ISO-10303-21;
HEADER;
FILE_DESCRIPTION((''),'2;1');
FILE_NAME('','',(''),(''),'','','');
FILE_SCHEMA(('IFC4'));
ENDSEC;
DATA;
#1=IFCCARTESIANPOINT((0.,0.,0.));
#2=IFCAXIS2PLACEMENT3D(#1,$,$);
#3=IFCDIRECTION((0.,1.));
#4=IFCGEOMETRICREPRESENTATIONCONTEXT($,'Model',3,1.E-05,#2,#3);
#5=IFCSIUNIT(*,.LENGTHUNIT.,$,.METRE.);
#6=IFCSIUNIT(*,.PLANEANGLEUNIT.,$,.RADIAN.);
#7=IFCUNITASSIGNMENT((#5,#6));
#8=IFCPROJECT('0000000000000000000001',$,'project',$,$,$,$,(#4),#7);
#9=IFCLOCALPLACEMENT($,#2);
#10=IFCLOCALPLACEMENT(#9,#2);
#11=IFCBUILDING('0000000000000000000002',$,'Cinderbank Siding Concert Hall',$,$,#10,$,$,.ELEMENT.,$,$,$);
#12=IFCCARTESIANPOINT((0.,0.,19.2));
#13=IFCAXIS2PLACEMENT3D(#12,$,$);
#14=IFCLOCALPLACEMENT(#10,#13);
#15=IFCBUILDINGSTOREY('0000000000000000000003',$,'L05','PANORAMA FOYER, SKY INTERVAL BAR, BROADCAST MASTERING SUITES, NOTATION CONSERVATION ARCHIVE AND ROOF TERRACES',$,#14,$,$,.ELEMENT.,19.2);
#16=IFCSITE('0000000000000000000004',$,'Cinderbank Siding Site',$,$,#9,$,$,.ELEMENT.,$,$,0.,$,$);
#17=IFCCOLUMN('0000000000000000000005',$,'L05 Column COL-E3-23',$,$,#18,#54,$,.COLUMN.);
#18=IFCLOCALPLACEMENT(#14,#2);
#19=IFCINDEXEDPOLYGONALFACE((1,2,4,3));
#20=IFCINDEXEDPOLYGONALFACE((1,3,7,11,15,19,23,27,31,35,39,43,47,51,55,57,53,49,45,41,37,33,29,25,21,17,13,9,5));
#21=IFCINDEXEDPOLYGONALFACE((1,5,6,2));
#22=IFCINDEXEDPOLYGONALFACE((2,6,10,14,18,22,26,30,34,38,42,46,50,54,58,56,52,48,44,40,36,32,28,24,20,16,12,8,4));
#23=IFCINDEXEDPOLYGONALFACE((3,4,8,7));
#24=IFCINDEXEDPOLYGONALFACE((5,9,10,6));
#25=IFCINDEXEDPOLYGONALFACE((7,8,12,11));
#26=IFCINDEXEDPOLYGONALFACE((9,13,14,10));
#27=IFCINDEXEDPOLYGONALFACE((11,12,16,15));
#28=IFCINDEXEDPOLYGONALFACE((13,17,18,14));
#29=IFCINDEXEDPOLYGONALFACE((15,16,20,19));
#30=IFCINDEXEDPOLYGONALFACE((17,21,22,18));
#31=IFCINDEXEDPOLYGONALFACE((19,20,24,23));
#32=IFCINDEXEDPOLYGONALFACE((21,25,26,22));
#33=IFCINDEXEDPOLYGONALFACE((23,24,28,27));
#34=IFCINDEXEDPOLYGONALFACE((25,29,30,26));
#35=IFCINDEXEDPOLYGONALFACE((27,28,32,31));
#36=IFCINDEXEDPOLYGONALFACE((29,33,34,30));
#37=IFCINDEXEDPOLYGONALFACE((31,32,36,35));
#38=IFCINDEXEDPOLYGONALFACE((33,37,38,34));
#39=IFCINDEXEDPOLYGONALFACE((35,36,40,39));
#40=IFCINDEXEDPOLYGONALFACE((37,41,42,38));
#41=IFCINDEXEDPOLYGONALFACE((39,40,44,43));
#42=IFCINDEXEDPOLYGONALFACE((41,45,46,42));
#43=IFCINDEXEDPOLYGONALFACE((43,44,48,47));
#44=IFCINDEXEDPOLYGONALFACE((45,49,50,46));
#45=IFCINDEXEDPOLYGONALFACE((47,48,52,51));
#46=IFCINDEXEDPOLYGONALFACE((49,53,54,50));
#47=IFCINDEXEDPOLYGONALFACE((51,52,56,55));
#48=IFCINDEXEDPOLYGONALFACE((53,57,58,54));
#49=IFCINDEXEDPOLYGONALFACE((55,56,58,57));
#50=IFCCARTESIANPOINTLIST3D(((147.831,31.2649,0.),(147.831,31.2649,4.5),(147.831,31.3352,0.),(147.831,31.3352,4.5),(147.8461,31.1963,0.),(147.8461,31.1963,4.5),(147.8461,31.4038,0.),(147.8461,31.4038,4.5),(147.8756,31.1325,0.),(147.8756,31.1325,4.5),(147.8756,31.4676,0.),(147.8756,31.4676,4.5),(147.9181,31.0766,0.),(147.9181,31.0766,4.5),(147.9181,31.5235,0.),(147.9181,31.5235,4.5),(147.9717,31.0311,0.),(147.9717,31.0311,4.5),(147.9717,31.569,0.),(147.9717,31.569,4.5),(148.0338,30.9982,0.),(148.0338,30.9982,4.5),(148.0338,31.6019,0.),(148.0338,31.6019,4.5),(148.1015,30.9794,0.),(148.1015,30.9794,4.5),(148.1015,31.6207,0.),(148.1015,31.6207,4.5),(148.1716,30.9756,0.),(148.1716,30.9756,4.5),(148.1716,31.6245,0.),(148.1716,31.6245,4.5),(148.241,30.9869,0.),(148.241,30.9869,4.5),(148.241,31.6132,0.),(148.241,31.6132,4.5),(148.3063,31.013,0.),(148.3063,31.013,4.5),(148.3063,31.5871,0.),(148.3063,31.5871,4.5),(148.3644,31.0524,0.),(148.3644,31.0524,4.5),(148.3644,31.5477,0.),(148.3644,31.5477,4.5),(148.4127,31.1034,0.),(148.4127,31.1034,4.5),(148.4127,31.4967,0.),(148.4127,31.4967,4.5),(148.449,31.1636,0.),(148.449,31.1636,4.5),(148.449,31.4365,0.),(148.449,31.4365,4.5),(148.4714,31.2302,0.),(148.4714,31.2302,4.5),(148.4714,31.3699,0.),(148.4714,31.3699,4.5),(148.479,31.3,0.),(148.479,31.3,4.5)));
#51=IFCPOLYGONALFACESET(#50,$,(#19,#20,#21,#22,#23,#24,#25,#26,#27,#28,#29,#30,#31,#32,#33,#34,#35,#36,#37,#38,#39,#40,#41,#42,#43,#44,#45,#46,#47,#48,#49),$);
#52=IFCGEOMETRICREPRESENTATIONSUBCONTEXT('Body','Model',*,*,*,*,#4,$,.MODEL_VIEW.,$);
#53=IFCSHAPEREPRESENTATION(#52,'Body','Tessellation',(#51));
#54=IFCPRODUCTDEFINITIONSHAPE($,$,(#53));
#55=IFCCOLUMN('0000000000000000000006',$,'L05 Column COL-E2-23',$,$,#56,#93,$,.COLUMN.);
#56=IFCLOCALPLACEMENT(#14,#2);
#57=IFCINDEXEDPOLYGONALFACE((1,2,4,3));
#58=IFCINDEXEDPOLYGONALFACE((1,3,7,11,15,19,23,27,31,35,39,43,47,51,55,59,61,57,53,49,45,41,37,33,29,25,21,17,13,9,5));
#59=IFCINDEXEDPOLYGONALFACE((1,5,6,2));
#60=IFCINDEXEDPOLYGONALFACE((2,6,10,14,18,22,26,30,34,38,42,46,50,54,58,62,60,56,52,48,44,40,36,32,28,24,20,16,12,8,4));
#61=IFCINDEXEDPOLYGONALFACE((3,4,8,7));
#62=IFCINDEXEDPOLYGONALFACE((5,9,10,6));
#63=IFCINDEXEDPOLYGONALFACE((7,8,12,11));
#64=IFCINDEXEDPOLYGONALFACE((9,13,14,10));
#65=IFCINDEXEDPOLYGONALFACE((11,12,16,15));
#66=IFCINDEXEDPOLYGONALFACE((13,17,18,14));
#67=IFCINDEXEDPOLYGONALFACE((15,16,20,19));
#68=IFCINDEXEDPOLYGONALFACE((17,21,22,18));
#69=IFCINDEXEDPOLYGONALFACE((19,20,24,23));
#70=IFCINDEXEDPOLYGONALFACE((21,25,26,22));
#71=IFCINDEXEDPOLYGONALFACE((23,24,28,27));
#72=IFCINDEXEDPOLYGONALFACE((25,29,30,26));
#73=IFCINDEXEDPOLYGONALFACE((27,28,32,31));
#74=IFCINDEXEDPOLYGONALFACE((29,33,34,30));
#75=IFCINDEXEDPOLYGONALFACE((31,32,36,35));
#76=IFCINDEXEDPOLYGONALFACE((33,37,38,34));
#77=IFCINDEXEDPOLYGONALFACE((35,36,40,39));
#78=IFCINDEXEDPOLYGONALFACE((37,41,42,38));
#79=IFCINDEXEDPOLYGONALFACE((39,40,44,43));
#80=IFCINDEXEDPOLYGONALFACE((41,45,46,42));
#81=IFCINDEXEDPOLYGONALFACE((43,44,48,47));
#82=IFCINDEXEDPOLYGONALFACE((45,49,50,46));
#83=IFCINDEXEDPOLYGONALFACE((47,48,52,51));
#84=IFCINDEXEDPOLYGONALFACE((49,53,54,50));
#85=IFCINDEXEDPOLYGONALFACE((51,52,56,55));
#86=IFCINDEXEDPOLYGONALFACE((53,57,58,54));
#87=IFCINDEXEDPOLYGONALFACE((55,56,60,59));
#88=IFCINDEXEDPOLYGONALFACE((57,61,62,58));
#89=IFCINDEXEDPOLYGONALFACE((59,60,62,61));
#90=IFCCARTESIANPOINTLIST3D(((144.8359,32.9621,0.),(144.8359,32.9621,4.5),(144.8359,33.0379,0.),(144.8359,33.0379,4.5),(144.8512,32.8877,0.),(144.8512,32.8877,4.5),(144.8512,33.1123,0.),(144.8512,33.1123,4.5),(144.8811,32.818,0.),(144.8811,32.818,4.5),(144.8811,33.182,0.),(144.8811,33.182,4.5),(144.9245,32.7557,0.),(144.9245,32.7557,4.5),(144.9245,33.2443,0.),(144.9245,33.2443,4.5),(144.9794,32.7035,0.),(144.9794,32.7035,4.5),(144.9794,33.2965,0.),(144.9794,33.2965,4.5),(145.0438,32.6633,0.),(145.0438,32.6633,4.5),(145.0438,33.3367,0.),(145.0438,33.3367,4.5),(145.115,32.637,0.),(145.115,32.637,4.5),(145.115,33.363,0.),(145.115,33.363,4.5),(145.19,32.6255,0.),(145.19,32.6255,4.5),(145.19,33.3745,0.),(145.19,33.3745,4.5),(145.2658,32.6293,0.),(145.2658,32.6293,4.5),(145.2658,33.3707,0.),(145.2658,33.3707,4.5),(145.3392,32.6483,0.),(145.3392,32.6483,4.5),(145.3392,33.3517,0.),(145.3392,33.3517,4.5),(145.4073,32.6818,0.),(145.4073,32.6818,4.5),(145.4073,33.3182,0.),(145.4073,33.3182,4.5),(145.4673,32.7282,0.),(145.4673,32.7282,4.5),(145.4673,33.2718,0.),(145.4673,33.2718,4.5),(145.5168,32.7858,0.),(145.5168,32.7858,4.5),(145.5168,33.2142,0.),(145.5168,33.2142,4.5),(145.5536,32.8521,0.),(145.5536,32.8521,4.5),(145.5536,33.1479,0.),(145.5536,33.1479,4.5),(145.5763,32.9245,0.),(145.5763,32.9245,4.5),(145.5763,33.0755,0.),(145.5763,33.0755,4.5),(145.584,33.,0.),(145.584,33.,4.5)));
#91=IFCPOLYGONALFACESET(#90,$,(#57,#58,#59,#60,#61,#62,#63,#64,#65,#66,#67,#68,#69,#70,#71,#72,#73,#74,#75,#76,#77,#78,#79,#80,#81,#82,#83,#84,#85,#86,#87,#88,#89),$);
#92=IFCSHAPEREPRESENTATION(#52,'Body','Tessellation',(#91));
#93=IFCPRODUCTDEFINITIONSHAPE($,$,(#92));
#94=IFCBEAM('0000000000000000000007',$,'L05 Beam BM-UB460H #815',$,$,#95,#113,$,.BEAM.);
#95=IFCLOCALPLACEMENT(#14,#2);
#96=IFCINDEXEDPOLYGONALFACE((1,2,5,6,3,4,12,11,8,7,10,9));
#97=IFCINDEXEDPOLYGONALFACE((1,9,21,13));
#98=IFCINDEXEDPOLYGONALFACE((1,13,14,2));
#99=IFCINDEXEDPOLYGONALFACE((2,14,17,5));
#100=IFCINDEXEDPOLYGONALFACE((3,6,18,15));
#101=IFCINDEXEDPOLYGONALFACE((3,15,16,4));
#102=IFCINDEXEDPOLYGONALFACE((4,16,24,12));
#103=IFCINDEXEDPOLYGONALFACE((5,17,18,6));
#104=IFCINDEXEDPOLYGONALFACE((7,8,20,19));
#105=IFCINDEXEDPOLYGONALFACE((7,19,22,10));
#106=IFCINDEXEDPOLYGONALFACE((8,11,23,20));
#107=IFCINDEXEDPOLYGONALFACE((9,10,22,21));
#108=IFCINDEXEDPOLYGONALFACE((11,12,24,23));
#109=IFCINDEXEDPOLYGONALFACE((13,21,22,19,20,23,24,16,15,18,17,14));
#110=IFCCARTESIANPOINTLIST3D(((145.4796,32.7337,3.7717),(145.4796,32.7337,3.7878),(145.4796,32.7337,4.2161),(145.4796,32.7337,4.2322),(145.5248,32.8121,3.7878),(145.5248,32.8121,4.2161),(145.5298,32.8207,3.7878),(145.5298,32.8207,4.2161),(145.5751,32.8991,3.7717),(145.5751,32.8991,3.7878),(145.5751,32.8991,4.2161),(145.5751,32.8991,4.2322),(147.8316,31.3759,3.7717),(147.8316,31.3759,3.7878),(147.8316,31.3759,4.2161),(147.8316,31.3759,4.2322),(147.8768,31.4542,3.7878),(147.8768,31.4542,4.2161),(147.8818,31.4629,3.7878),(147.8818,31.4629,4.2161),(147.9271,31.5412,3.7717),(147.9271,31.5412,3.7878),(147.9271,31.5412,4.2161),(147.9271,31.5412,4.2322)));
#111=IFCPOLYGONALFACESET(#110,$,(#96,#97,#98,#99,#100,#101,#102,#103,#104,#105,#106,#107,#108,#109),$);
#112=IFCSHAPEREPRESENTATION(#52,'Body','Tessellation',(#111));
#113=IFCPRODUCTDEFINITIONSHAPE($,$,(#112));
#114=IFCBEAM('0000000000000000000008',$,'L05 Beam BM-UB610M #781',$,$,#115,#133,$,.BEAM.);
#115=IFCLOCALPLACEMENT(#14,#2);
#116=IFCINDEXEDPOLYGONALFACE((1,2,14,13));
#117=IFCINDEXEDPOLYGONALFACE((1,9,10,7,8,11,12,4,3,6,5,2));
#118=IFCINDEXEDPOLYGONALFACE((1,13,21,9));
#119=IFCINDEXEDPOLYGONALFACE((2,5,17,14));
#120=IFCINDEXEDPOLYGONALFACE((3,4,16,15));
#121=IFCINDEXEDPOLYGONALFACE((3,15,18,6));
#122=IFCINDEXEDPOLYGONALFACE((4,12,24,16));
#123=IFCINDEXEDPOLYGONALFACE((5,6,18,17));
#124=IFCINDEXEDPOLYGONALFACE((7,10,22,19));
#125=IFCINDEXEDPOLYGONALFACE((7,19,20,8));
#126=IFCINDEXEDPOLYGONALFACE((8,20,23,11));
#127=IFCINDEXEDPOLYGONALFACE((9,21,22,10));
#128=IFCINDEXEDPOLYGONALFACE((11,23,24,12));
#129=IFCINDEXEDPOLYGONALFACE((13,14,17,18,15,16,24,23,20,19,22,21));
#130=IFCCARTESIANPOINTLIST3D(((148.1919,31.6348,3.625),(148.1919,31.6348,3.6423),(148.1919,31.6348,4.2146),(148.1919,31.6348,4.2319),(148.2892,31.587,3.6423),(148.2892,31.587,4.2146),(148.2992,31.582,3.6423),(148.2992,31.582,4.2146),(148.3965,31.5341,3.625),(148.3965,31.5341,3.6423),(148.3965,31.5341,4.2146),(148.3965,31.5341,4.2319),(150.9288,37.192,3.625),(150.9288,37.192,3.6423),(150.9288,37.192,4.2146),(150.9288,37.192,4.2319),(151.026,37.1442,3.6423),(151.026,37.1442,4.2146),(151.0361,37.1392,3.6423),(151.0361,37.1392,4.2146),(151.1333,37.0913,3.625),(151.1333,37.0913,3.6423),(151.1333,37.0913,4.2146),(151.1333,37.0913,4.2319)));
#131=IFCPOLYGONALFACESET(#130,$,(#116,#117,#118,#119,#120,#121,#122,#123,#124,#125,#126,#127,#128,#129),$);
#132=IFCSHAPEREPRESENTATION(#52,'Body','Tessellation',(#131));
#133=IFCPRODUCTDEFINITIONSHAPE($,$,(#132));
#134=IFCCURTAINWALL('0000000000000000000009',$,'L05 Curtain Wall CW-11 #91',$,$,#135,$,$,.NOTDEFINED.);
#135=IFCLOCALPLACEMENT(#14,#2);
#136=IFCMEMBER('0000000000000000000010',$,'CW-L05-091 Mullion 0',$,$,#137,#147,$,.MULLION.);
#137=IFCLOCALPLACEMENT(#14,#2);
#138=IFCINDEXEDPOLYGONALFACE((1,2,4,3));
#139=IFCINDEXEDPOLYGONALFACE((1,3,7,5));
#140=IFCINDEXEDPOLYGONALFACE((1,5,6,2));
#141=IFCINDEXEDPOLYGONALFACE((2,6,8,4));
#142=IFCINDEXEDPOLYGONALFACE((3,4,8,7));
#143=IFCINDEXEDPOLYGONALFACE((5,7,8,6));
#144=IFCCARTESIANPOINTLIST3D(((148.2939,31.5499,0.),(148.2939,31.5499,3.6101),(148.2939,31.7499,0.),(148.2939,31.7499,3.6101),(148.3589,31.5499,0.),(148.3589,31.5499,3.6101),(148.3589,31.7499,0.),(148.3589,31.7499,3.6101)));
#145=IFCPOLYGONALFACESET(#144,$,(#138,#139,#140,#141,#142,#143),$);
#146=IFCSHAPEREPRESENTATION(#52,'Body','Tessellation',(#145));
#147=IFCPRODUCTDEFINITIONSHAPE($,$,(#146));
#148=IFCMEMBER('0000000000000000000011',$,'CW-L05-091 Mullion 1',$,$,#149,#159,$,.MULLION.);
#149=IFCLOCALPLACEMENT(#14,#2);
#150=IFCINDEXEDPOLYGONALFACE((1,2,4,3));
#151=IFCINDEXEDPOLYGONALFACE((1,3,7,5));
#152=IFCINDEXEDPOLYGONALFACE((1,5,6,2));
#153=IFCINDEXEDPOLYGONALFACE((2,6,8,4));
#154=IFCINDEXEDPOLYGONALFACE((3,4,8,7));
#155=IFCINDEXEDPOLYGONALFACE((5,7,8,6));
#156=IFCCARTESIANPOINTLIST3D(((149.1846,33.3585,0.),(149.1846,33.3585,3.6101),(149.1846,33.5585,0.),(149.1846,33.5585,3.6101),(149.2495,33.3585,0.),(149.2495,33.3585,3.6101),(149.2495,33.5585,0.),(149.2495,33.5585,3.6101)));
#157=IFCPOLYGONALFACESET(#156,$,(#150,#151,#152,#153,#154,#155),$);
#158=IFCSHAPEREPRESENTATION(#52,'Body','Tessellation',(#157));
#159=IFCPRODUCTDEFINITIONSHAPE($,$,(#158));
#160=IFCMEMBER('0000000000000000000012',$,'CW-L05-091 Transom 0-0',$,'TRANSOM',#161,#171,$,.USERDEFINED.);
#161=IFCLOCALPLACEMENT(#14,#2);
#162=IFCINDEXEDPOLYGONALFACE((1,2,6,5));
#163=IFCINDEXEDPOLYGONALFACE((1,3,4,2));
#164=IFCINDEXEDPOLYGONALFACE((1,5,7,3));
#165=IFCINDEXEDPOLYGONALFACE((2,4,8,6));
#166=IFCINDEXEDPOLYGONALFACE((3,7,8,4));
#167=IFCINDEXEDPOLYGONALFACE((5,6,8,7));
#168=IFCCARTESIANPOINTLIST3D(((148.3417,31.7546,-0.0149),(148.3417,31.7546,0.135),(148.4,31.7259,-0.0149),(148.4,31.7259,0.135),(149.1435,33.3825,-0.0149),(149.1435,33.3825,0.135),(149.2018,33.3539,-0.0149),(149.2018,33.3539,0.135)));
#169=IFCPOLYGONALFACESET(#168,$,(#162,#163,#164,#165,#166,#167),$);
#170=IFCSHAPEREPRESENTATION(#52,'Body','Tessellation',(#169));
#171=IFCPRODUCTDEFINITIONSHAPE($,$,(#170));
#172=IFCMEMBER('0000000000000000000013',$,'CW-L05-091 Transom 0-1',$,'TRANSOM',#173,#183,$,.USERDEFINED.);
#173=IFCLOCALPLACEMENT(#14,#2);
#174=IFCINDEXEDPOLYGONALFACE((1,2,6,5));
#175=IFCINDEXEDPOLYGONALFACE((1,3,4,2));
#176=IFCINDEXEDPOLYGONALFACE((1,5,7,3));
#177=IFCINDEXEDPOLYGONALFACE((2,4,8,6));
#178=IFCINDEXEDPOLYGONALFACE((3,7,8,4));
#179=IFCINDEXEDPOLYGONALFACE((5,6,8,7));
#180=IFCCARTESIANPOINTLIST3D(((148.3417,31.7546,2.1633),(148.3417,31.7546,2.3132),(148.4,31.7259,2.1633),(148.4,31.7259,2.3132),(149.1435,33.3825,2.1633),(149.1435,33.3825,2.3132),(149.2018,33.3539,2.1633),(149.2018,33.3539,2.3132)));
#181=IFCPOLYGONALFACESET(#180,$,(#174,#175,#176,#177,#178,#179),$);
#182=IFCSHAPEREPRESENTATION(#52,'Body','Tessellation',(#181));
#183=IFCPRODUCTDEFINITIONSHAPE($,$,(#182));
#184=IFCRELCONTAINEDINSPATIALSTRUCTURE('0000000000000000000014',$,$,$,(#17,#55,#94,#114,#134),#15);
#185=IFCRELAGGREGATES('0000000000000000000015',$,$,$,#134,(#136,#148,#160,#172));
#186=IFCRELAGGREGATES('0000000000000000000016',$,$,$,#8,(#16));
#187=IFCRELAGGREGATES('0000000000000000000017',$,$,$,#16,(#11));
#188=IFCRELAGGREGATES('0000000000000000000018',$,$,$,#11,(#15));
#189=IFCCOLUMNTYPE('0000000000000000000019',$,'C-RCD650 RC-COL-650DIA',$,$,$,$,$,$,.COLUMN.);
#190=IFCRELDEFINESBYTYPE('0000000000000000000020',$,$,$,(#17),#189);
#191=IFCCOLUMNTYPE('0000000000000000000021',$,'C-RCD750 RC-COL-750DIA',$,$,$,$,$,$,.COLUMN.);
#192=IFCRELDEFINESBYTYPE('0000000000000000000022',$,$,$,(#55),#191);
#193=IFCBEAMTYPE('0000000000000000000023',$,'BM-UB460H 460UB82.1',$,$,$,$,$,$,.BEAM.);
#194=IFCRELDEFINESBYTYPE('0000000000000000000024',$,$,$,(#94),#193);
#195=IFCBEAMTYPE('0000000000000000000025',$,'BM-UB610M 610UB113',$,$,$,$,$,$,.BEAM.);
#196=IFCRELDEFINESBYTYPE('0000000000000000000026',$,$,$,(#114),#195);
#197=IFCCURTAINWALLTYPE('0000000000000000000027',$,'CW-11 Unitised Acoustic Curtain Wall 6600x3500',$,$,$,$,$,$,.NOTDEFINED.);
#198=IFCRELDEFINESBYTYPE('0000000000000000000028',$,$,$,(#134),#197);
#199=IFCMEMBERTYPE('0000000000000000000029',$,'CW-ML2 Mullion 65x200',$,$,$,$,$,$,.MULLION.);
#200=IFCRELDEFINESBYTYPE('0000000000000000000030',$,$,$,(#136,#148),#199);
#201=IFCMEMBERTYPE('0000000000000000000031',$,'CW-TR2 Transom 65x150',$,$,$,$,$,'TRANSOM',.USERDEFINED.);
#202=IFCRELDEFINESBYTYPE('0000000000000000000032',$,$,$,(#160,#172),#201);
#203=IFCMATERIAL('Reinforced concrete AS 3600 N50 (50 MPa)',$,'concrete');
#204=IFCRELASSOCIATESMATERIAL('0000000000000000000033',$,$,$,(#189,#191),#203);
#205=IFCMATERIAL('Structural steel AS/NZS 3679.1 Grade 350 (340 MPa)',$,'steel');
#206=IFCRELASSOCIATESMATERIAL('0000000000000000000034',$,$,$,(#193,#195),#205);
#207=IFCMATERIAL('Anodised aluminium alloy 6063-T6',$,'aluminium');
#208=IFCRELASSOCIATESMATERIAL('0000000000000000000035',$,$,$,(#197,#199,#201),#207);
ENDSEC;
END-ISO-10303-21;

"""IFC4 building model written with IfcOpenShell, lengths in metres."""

from ifc_helpers import new_model, si_unit, direction, frame, origin, origin_2d, place, context, subcontext, project, spatial, rectangle, circle, i_section, extrude, material, material_profile, profile_set, type_object, element, aggregate, save


model = new_model("IFC4")

# Units and contexts
model_context = context("Model", 3, precision=1e-05, world=origin(), true_north=direction((0.0, 1.0)))
body_context = subcontext(model_context, "Body", "Model", "MODEL_VIEW")
ifc_project = project(units=[si_unit("LENGTHUNIT", "METRE"), si_unit("PLANEANGLEUNIT", "RADIAN")], contexts=[model_context])

# Site, building, storey
site_placement = place(None, origin())
site = spatial("IfcSite", under=ifc_project, at=site_placement, Name="Cinderbank Siding Site", CompositionType="ELEMENT", RefElevation=0.0)
building_placement = place(site_placement, origin())
building = spatial("IfcBuilding", under=site, at=building_placement, Name="Cinderbank Siding Concert Hall", CompositionType="ELEMENT")
storey_placement = place(building_placement, frame((0.0, 0.0, 19.2)))
storey = spatial("IfcBuildingStorey", under=building, at=storey_placement, Name="L05", Description="PANORAMA FOYER, SKY INTERVAL BAR, BROADCAST MASTERING SUITES, NOTATION CONSERVATION ARCHIVE AND ROOF TERRACES", CompositionType="ELEMENT", Elevation=19.2)

# Columns
ifc_material_1 = material(Name="Reinforced concrete AS 3600 N50 (50 MPa)", Category="concrete")
ifc_material_profile_1 = material_profile(ifc_material_1, circle(Radius=0.325, at=origin_2d()), Name="RC-COL-650DIA", Category="LoadBearing")
ifc_profile_set_1 = profile_set([ifc_material_profile_1], Name="Reinforced concrete AS 3600 N50 (50 MPa)")
column_type_1 = type_object("IfcColumnType", Name="C-RCD650 RC-COL-650DIA", PredefinedType="COLUMN", material=ifc_profile_set_1)
column_1_placement = place(storey_placement, frame((148.1541, 31.3, 0.0), z_axis=(0.0, 0.0, 1.0), x_axis=(1.0, 0.0, 0.0)))
element("IfcColumn", 1, at=column_1_placement, inside=storey, type_object=column_type_1, Name="L05 Column COL-E3-23", PredefinedType="COLUMN", context=body_context, shape_type="SweptSolid", body=[
    extrude(circle(Radius=0.325, at=origin_2d()), origin(), (0.0, 0.0, 1.0), 4.5),
])
ifc_material_profile_2 = material_profile(ifc_material_1, circle(Radius=0.375, at=origin_2d()), Name="RC-COL-750DIA", Category="LoadBearing")
ifc_profile_set_2 = profile_set([ifc_material_profile_2], Name="Reinforced concrete AS 3600 N50 (50 MPa)")
column_type_2 = type_object("IfcColumnType", Name="C-RCD750 RC-COL-750DIA", PredefinedType="COLUMN", material=ifc_profile_set_2)
column_2_placement = place(storey_placement, frame((145.209, 33.0, 0.0), z_axis=(0.0, 0.0, 1.0), x_axis=(1.0, 0.0, 0.0)))
element("IfcColumn", 2, at=column_2_placement, inside=storey, type_object=column_type_2, Name="L05 Column COL-E2-23", PredefinedType="COLUMN", context=body_context, shape_type="SweptSolid", body=[
    extrude(circle(Radius=0.375, at=origin_2d()), origin(), (0.0, 0.0, 1.0), 4.5),
])

# Beams
ifc_material_2 = material(Name="Structural steel AS/NZS 3679.1 Grade 350 (340 MPa)", Category="steel")
ifc_material_profile_3 = material_profile(ifc_material_2, i_section(OverallWidth=0.1909, OverallDepth=0.4604, WebThickness=0.01, FlangeThickness=0.0161, at=origin_2d()), Name="460UB82.1", Category="LoadBearing")
ifc_profile_set_3 = profile_set([ifc_material_profile_3], Name="Structural steel AS/NZS 3679.1 Grade 350 (340 MPa)")
beam_type_1 = type_object("IfcBeamType", Name="BM-UB460H 460UB82.1", PredefinedType="BEAM", material=ifc_profile_set_3)
beam_1_placement = place(storey_placement, frame((145.5273, 32.8164, 4.002), z_axis=(0.866033, -0.499987, 0.0), x_axis=(0.499987, 0.866033, 0.0)))
element("IfcBeam", 3, at=beam_1_placement, inside=storey, type_object=beam_type_1, Name="L05 Beam BM-UB460H #815", PredefinedType="BEAM", context=body_context, shape_type="SweptSolid", body=[
    extrude(i_section(OverallWidth=0.1909, OverallDepth=0.4604, WebThickness=0.01, FlangeThickness=0.0161, at=origin_2d()), origin(), (0.0, 0.0, 1.0), 2.7158),
])
ifc_material_profile_4 = material_profile(ifc_material_2, i_section(OverallWidth=0.228, OverallDepth=0.6069, WebThickness=0.0112, FlangeThickness=0.0173, at=origin_2d()), Name="610UB113", Category="LoadBearing")
ifc_profile_set_4 = profile_set([ifc_material_profile_4], Name="Structural steel AS/NZS 3679.1 Grade 350 (340 MPa)")
beam_type_2 = type_object("IfcBeamType", Name="BM-UB610M 610UB113", PredefinedType="BEAM", material=ifc_profile_set_4)
beam_2_placement = place(storey_placement, frame((148.2942, 31.5845, 3.9285), z_axis=(0.441814, 0.897107, 0.0), x_axis=(-0.897107, 0.441814, 0.0)))
element("IfcBeam", 4, at=beam_2_placement, inside=storey, type_object=beam_type_2, Name="L05 Beam BM-UB610M #781", PredefinedType="BEAM", context=body_context, shape_type="SweptSolid", body=[
    extrude(i_section(OverallWidth=0.228, OverallDepth=0.6069, WebThickness=0.0112, FlangeThickness=0.0173, at=origin_2d()), origin(), (0.0, 0.0, 1.0), 6.1946),
])

# Curtain wall, members
ifc_material_3 = material(Name="Anodised aluminium alloy 6063-T6", Category="aluminium")
curtain_wall_type = type_object("IfcCurtainWallType", Name="CW-11 Unitised Acoustic Curtain Wall 6600x3500", PredefinedType="NOTDEFINED", material=ifc_material_3)
curtain_wall_placement = place(storey_placement, origin())
curtain_wall = element("IfcCurtainWall", 5, at=curtain_wall_placement, inside=storey, type_object=curtain_wall_type, Name="L05 Curtain Wall CW-11 #91", PredefinedType="NOTDEFINED")
ifc_material_profile_5 = material_profile(ifc_material_3, rectangle(XDim=0.0649, YDim=0.2, at=origin_2d()), Name="ALU-MULL-65x200", Category="LoadBearing")
ifc_profile_set_5 = profile_set([ifc_material_profile_5], Name="Anodised aluminium alloy 6063-T6")
member_type_1 = type_object("IfcMemberType", Name="CW-ML2 Mullion 65x200", PredefinedType="MULLION", material=ifc_profile_set_5)
member_1_placement = place(storey_placement, frame((148.3264, 31.6499, 0.0), z_axis=(0.0, 0.0, 1.0), x_axis=(1.0, 0.0, 0.0)))
member_1 = element("IfcMember", 6, at=member_1_placement, type_object=member_type_1, Name="CW-L05-091 Mullion 0", PredefinedType="MULLION", context=body_context, shape_type="SweptSolid", body=[
    extrude(rectangle(XDim=0.0649, YDim=0.2, at=origin_2d()), origin(), (0.0, 0.0, 1.0), 3.6101),
])
member_2_placement = place(storey_placement, frame((149.217, 33.4585, 0.0), z_axis=(0.0, 0.0, 1.0), x_axis=(1.0, 0.0, 0.0)))
member_2 = element("IfcMember", 7, at=member_2_placement, type_object=member_type_1, Name="CW-L05-091 Mullion 1", PredefinedType="MULLION", context=body_context, shape_type="SweptSolid", body=[
    extrude(rectangle(XDim=0.0649, YDim=0.2, at=origin_2d()), origin(), (0.0, 0.0, 1.0), 3.6101),
])
ifc_material_profile_6 = material_profile(ifc_material_3, rectangle(XDim=0.0649, YDim=0.1499, at=origin_2d()), Name="ALU-TRAN-65x150", Category="LoadBearing")
ifc_profile_set_6 = profile_set([ifc_material_profile_6], Name="Anodised aluminium alloy 6063-T6")
member_type_2 = type_object("IfcMemberType", Name="CW-TR2 Transom 65x150", ElementType="TRANSOM", PredefinedType="USERDEFINED", material=ifc_profile_set_6)
member_3_placement = place(storey_placement, frame((148.3708, 31.7402, 0.0601), z_axis=(0.441824, 0.897102, 0.0), x_axis=(-0.897102, 0.441824, 0.0)))
member_3 = element("IfcMember", 8, at=member_3_placement, type_object=member_type_2, Name="CW-L05-091 Transom 0-0", ObjectType="TRANSOM", PredefinedType="USERDEFINED", context=body_context, shape_type="SweptSolid", body=[
    extrude(rectangle(XDim=0.0649, YDim=0.1499, at=origin_2d()), origin(), (0.0, 0.0, 1.0), 1.8147),
])
member_4_placement = place(storey_placement, frame((148.3708, 31.7402, 2.2383), z_axis=(0.441824, 0.897102, 0.0), x_axis=(-0.897102, 0.441824, 0.0)))
member_4 = element("IfcMember", 9, at=member_4_placement, type_object=member_type_2, Name="CW-L05-091 Transom 0-1", ObjectType="TRANSOM", PredefinedType="USERDEFINED", context=body_context, shape_type="SweptSolid", body=[
    extrude(rectangle(XDim=0.0649, YDim=0.1499, at=origin_2d()), origin(), (0.0, 0.0, 1.0), 1.8147),
])

aggregate(curtain_wall, [member_1, member_2, member_3, member_4])

save(model, "model.ifc")
